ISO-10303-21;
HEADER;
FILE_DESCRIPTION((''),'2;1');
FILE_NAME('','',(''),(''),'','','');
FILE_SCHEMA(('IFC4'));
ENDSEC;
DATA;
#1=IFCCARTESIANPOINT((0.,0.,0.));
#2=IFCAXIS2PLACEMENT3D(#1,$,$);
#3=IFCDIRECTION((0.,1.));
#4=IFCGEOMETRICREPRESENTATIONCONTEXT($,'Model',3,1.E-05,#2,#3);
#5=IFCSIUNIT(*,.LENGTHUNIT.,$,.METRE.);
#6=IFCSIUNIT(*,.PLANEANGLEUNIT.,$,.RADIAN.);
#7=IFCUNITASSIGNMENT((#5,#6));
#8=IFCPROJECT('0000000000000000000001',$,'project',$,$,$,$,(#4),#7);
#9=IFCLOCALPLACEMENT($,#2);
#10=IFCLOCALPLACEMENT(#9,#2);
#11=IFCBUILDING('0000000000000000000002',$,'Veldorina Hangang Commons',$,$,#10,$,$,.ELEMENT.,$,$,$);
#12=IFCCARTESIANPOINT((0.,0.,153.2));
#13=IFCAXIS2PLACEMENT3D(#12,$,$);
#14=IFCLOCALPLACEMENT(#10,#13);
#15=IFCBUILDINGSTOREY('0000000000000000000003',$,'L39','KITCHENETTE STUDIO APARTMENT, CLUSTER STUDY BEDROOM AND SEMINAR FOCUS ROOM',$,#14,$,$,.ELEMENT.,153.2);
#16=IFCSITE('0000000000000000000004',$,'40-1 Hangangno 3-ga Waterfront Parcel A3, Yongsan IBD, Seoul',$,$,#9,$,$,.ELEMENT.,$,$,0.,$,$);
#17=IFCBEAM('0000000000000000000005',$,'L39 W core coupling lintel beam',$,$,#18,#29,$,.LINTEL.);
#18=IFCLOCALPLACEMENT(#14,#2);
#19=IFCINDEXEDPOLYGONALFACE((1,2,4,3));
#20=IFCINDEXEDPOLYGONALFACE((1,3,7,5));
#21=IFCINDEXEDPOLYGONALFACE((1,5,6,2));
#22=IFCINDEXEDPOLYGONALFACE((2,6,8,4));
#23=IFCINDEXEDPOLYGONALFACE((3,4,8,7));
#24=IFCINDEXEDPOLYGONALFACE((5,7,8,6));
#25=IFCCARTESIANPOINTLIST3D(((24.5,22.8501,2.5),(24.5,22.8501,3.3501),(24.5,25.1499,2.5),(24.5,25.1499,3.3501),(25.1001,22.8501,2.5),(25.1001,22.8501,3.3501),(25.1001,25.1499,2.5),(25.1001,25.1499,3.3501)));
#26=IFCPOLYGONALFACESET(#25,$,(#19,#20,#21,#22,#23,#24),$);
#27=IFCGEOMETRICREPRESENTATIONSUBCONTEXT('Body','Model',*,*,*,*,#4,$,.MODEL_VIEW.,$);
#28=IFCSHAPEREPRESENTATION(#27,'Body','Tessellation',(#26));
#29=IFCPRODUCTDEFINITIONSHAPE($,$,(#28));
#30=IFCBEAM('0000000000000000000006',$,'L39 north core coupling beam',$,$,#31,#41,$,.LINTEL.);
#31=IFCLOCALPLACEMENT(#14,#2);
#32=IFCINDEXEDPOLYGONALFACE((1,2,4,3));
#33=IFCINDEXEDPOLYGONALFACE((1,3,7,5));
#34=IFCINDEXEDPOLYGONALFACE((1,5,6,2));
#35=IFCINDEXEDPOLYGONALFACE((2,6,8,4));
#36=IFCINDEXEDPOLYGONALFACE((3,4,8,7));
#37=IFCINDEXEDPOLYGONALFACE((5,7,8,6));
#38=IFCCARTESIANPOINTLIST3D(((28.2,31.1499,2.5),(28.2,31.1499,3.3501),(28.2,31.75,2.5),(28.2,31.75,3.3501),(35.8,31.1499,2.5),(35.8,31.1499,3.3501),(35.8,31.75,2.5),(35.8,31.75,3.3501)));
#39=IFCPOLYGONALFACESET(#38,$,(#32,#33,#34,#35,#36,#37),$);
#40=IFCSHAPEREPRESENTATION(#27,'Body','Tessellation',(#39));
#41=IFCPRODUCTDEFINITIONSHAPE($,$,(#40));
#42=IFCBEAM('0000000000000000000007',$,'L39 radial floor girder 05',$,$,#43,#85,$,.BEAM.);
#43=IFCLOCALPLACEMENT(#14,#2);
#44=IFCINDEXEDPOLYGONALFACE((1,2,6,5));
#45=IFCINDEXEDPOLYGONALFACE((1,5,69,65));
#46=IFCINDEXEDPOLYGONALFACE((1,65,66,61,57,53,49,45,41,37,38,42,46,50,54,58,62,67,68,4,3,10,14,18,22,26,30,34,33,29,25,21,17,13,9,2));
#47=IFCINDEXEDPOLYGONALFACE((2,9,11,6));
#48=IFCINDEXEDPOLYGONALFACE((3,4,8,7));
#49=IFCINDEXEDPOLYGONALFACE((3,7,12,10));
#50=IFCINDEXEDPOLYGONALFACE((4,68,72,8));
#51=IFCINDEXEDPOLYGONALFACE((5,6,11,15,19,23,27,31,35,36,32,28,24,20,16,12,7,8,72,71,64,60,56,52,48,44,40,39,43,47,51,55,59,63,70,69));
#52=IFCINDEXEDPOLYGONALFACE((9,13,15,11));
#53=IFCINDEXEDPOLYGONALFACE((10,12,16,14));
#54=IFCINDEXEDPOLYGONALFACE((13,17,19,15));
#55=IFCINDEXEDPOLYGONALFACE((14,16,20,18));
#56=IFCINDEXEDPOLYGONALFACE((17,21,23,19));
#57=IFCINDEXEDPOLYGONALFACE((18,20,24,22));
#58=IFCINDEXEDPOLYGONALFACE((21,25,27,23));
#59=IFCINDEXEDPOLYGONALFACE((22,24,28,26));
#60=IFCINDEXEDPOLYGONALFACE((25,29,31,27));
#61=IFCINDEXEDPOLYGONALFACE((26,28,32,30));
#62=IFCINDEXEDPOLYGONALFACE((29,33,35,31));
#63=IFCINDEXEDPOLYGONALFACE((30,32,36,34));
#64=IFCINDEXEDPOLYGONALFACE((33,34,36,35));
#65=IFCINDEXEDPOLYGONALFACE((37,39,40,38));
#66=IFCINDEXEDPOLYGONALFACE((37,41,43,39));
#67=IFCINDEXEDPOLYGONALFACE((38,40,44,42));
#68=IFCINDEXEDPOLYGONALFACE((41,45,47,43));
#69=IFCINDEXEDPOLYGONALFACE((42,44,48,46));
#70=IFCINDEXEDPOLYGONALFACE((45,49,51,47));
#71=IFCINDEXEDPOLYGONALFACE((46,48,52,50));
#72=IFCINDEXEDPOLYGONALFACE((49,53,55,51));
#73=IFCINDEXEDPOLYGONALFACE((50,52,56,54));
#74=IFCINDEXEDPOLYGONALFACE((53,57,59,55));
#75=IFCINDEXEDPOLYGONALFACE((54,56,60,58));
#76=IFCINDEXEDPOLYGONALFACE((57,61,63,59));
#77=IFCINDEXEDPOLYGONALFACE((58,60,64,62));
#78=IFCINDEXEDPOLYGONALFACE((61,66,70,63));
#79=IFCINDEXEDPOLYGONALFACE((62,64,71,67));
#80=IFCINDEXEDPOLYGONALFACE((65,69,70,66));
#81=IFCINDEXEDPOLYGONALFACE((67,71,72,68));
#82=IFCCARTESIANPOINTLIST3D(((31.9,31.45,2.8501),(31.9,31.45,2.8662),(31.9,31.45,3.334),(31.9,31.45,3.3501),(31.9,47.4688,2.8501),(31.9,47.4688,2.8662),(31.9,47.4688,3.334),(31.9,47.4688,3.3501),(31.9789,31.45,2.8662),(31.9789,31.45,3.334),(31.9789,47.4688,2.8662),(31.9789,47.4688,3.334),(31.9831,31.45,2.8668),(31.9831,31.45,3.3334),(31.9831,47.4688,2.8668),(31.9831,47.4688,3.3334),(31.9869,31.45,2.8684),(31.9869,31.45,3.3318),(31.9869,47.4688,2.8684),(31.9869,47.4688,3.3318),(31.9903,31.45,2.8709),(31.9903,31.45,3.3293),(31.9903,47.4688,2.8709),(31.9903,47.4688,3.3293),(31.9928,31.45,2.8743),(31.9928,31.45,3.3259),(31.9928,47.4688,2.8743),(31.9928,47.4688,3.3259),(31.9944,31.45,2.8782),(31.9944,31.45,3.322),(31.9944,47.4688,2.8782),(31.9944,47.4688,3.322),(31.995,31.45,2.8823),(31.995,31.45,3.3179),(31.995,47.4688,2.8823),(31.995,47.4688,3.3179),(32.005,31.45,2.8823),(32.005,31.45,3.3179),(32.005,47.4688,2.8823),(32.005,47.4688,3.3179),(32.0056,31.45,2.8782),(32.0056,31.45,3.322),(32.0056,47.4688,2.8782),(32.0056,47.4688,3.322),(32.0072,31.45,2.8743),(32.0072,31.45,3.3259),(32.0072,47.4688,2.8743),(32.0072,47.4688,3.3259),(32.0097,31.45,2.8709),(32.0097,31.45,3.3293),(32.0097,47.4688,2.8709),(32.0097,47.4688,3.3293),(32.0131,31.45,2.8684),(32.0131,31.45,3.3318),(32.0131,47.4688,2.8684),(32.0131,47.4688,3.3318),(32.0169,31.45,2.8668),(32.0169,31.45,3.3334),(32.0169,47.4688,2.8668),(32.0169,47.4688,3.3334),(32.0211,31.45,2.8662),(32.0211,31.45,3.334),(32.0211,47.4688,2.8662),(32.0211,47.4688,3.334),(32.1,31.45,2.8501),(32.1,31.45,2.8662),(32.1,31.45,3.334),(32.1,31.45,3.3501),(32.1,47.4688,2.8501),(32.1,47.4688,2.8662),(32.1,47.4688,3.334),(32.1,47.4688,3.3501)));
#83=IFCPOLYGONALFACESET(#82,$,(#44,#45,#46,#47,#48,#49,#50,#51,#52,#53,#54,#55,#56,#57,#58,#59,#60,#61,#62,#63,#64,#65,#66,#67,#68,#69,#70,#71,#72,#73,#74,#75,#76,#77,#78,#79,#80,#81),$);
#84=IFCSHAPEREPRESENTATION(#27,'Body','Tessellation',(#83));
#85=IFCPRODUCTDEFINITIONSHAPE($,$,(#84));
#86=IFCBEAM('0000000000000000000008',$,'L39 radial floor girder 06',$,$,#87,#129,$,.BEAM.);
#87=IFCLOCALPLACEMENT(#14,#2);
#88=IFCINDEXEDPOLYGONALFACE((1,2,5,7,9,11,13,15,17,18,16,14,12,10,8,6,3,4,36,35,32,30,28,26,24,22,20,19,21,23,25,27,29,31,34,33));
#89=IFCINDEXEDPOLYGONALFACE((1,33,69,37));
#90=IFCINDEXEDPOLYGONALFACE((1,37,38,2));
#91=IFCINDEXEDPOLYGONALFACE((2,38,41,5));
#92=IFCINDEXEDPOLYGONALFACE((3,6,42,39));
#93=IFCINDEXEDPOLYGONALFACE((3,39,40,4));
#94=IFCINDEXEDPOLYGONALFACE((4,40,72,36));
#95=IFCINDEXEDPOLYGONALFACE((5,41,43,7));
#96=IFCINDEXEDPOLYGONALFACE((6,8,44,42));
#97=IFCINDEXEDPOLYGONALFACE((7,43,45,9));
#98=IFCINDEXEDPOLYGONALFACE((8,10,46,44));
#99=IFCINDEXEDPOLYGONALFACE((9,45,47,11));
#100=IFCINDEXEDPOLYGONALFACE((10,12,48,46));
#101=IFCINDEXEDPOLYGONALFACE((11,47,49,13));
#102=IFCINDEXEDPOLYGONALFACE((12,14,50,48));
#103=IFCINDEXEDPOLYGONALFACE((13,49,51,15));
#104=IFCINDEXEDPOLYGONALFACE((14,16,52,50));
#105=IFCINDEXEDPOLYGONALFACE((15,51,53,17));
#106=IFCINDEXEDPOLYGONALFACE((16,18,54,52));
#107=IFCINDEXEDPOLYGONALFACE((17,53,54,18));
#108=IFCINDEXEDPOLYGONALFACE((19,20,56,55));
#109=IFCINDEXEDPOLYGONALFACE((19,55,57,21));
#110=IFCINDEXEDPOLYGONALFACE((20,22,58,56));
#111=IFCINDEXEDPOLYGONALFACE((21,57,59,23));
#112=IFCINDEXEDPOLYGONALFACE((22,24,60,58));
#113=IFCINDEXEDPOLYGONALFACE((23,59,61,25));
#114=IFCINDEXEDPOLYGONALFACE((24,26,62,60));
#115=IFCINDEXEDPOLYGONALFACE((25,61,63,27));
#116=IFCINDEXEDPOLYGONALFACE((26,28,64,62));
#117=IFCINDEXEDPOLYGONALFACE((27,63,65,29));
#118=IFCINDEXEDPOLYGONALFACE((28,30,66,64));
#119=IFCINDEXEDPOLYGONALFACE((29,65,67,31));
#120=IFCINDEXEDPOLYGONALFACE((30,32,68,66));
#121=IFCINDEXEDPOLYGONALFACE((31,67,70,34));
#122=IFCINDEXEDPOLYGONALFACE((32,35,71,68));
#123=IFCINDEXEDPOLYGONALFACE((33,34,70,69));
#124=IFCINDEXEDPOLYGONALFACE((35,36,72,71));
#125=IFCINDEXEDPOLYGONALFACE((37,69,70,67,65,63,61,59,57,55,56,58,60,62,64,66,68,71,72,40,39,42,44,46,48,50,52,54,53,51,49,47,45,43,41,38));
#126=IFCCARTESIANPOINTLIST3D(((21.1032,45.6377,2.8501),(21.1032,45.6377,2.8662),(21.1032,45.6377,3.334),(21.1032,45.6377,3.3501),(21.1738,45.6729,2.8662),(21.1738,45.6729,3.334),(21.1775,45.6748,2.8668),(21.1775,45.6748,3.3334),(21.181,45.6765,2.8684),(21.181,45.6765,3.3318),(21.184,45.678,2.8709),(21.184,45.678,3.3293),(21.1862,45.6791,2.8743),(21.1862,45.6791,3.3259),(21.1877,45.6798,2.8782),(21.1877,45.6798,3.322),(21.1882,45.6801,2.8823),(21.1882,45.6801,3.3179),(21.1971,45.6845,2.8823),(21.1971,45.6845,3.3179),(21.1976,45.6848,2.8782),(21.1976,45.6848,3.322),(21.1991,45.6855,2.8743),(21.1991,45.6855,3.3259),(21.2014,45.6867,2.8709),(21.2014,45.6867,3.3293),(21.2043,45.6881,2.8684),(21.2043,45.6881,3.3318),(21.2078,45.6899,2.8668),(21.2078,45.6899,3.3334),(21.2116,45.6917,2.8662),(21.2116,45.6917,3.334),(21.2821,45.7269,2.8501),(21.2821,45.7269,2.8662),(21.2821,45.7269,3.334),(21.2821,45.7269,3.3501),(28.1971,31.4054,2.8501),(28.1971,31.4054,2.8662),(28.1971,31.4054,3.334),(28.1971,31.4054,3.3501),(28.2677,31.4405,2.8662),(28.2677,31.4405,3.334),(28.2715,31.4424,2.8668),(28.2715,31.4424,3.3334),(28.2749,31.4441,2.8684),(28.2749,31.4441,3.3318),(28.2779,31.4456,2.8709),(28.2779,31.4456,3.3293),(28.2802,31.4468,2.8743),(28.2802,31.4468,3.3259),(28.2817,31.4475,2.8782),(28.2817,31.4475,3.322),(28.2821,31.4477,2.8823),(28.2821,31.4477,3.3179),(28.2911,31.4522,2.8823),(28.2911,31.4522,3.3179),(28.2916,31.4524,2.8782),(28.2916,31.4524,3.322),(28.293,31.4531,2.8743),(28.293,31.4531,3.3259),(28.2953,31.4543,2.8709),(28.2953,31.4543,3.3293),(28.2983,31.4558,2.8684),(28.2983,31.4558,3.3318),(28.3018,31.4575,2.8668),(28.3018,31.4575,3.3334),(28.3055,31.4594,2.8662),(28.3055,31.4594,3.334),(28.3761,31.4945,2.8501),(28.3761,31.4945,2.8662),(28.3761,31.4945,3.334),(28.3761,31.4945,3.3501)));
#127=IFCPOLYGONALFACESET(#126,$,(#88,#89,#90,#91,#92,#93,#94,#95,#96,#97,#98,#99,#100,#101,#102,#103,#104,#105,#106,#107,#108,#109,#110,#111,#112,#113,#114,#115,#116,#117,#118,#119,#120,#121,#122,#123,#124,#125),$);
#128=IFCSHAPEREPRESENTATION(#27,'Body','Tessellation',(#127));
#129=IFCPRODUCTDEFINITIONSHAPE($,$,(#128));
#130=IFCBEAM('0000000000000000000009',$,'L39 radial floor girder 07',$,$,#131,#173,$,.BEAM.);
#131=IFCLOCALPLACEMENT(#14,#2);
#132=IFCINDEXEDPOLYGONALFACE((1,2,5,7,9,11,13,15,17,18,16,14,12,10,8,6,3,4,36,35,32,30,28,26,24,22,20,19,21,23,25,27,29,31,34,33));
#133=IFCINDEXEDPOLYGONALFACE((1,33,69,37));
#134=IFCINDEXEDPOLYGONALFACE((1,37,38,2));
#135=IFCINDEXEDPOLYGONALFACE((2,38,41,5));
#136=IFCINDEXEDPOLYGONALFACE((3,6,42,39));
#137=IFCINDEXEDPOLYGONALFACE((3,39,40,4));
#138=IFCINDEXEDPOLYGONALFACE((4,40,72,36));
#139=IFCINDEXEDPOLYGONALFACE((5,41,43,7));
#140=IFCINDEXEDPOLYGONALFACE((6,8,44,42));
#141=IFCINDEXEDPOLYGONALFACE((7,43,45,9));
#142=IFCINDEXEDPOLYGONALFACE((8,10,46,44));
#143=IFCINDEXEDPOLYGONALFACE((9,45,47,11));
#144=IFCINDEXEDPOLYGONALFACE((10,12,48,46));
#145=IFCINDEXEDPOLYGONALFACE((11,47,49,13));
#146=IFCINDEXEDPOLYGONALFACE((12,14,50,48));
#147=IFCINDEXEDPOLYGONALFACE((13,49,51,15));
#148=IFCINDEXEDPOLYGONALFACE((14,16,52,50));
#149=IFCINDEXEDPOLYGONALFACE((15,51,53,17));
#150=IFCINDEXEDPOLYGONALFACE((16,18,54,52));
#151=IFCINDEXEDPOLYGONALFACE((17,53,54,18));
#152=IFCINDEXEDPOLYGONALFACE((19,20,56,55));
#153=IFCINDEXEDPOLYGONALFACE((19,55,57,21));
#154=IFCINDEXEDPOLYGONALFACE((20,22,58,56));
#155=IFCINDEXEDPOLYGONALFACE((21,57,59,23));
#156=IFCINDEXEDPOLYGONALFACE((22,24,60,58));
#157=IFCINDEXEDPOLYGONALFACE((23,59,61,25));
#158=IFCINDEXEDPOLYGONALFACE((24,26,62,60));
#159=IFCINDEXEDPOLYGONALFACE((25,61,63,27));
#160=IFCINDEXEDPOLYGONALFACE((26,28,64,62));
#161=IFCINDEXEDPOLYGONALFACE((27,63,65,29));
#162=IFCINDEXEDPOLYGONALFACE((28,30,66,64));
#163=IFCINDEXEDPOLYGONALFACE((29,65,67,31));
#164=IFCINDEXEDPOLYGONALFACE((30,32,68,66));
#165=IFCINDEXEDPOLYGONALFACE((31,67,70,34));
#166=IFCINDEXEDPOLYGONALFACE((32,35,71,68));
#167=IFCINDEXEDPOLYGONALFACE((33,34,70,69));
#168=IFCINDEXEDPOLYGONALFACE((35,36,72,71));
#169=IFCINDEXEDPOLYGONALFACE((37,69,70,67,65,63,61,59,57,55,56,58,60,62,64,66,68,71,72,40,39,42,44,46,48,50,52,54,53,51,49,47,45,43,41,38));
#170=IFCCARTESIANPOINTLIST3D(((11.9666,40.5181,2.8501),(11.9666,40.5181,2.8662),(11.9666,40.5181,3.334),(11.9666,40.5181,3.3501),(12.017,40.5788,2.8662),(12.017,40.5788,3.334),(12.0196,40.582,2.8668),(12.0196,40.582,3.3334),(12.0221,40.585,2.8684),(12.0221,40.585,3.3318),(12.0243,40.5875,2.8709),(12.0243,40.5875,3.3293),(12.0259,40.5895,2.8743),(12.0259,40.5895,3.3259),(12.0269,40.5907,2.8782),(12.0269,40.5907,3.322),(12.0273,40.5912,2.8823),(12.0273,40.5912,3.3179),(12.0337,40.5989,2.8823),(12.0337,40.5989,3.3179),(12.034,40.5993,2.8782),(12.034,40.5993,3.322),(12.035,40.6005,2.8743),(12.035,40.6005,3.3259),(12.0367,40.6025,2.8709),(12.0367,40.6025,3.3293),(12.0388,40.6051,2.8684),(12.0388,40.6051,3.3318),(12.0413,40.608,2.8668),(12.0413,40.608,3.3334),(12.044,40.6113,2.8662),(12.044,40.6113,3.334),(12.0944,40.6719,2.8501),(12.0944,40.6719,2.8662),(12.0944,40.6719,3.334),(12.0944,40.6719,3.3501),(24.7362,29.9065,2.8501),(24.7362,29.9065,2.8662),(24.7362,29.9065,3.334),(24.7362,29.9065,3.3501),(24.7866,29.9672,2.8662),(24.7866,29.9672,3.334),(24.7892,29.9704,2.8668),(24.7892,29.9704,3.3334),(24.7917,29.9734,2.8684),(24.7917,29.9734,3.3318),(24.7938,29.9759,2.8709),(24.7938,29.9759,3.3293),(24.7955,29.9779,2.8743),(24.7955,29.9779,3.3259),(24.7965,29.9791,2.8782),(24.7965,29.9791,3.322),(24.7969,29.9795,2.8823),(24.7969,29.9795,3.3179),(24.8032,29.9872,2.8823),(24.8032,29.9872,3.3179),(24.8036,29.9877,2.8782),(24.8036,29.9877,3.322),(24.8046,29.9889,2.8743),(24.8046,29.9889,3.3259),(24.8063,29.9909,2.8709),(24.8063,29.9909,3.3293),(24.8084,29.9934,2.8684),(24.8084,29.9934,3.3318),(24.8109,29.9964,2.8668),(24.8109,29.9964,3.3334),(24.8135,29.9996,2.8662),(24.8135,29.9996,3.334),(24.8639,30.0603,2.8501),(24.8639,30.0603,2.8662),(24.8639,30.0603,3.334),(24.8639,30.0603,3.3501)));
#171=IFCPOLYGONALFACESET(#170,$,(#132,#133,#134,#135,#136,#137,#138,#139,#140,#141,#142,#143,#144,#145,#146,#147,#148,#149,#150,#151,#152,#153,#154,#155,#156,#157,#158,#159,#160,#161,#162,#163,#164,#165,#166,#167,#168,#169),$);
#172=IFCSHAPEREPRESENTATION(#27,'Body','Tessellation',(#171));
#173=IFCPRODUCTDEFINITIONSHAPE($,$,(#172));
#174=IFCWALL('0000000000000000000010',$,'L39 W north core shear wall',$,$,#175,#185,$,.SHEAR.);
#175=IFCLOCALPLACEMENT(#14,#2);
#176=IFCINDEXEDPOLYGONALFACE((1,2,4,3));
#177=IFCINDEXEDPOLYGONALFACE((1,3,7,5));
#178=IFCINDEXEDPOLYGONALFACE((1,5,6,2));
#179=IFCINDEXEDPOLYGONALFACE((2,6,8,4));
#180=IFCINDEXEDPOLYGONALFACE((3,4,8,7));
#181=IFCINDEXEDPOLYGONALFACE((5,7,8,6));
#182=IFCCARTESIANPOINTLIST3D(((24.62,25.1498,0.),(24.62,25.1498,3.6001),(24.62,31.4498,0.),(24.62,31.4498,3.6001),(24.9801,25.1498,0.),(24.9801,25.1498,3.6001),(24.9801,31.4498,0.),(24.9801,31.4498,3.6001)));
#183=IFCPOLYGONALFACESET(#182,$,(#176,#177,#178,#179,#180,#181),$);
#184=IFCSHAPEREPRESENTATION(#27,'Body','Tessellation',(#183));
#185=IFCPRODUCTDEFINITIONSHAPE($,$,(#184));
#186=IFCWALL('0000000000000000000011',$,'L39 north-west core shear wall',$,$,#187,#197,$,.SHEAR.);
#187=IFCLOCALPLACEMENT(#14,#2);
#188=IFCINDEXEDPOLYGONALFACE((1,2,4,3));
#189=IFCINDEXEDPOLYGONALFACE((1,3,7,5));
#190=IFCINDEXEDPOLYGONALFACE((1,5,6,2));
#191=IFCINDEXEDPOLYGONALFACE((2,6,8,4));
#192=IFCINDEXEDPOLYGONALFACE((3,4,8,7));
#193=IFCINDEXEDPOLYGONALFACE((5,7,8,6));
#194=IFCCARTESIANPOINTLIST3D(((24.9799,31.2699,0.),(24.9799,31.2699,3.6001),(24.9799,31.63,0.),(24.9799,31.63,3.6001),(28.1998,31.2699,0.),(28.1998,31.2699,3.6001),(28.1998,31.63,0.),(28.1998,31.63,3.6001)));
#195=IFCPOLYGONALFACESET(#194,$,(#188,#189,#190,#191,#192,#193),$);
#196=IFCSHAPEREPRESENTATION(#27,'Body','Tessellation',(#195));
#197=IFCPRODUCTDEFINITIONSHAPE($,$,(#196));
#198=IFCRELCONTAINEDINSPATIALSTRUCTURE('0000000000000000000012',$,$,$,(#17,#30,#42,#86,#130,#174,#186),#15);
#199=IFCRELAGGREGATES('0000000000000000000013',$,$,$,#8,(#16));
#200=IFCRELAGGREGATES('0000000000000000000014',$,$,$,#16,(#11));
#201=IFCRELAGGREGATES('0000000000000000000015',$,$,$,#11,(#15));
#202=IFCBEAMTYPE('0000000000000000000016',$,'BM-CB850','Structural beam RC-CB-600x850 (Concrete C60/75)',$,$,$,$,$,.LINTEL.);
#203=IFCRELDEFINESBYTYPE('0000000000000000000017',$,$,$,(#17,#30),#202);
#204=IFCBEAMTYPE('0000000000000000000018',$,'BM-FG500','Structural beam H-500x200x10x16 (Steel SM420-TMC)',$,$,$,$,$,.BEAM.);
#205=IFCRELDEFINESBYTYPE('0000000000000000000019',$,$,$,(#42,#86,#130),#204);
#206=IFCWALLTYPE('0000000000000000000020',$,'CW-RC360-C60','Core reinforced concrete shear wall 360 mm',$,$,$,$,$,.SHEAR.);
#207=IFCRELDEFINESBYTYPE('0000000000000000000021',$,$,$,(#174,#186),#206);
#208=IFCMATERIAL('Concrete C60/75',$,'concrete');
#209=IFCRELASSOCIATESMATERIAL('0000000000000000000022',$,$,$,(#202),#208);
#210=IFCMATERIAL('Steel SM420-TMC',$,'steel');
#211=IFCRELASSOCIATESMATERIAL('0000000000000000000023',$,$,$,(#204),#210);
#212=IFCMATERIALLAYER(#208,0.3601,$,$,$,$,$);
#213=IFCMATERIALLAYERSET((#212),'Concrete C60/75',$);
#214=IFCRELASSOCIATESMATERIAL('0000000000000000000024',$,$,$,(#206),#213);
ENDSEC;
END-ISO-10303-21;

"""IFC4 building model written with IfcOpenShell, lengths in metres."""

from ifc_helpers import new_model, si_unit, direction, frame, frame_2d, origin, origin_2d, place, context, subcontext, project, spatial, rectangle, i_section, extrude, material, layer, layer_set, material_profile, profile_set, type_object, element, save


model = new_model("IFC4")

# Units and contexts
model_context = context("Model", 3, precision=1e-05, world=origin(), true_north=direction((0.0, 1.0)))
body_context = subcontext(model_context, "Body", "Model", "MODEL_VIEW")
ifc_project = project(units=[si_unit("LENGTHUNIT", "METRE"), si_unit("PLANEANGLEUNIT", "RADIAN")], contexts=[model_context])

# Site, building, storey
site_placement = place(None, origin())
site = spatial("IfcSite", under=ifc_project, at=site_placement, Name="40-1 Hangangno 3-ga Waterfront Parcel A3, Yongsan IBD, Seoul", CompositionType="ELEMENT", RefElevation=0.0)
building_placement = place(site_placement, origin())
building = spatial("IfcBuilding", under=site, at=building_placement, Name="Veldorina Hangang Commons", CompositionType="ELEMENT")
storey_placement = place(building_placement, frame((0.0, 0.0, 153.2)))
storey = spatial("IfcBuildingStorey", under=building, at=storey_placement, Name="L39", Description="KITCHENETTE STUDIO APARTMENT, CLUSTER STUDY BEDROOM AND SEMINAR FOCUS ROOM", CompositionType="ELEMENT", Elevation=153.2)

# Beams
ifc_material_1 = material(Name="Concrete C60/75", Category="concrete")
ifc_material_profile_1 = material_profile(ifc_material_1, rectangle(XDim=0.6001, YDim=0.8501, at=origin_2d()), Name="RC-CB-600x850")
ifc_profile_set_1 = profile_set([ifc_material_profile_1], Name="Concrete C60/75")
beam_type_1 = type_object("IfcBeamType", Name="BM-CB850", Description="Structural beam RC-CB-600x850 (Concrete C60/75)", PredefinedType="LINTEL", material=ifc_profile_set_1)
beam_1_placement = place(storey_placement, frame((24.8, 22.8501, 2.925), z_axis=(0.0, 1.0, 0.0), x_axis=(-1.0, 0.0, 0.0)))
element("IfcBeam", 1, at=beam_1_placement, inside=storey, type_object=beam_type_1, Name="L39 W core coupling lintel beam", PredefinedType="LINTEL", context=body_context, shape_type="SweptSolid", body=[
    extrude(rectangle(XDim=0.6001, YDim=0.8501, at=origin_2d()), origin(), (0.0, 0.0, 1.0), 2.2998),
])
beam_2_placement = place(storey_placement, frame((28.2, 31.45, 2.925), z_axis=(1.0, 0.0, 0.0), x_axis=(0.0, 1.0, 0.0)))
element("IfcBeam", 2, at=beam_2_placement, inside=storey, type_object=beam_type_1, Name="L39 north core coupling beam", PredefinedType="LINTEL", context=body_context, shape_type="SweptSolid", body=[
    extrude(rectangle(XDim=0.6001, YDim=0.8501, at=origin_2d()), origin(), (0.0, 0.0, 1.0), 7.6001),
])
ifc_material_2 = material(Name="Steel SM420-TMC", Category="steel")
ifc_material_profile_2 = material_profile(ifc_material_2, i_section(OverallWidth=0.2, OverallDepth=0.5, WebThickness=0.01, FlangeThickness=0.0161, FilletRadius=0.0161, at=origin_2d()), Name="H-500x200x10x16")
ifc_profile_set_2 = profile_set([ifc_material_profile_2], Name="Steel SM420-TMC")
beam_type_2 = type_object("IfcBeamType", Name="BM-FG500", Description="Structural beam H-500x200x10x16 (Steel SM420-TMC)", PredefinedType="BEAM", material=ifc_profile_set_2)
beam_3_placement = place(storey_placement, frame((32.0, 31.45, 3.1001), z_axis=(0.0, 1.0, 0.0), x_axis=(-1.0, 0.0, 0.0)))
element("IfcBeam", 3, at=beam_3_placement, inside=storey, type_object=beam_type_2, Name="L39 radial floor girder 05", PredefinedType="BEAM", context=body_context, shape_type="SweptSolid", body=[
    extrude(i_section(OverallWidth=0.2, OverallDepth=0.5, WebThickness=0.01, FlangeThickness=0.0161, FilletRadius=0.0161, at=origin_2d()), origin(), (0.0, 0.0, 1.0), 16.0188),
])
beam_4_placement = place(storey_placement, frame((28.2866, 31.45, 3.1001), z_axis=(-0.446096, 0.894985, 0.0), x_axis=(-0.894985, -0.446096, 0.0)))
element("IfcBeam", 4, at=beam_4_placement, inside=storey, type_object=beam_type_2, Name="L39 radial floor girder 06", PredefinedType="BEAM", context=body_context, shape_type="SweptSolid", body=[
    extrude(i_section(OverallWidth=0.2, OverallDepth=0.5, WebThickness=0.01, FlangeThickness=0.0161, FilletRadius=0.0161, at=origin_2d()), origin(), (0.0, 0.0, 1.0), 15.9023),
])
beam_5_placement = place(storey_placement, frame((24.8, 29.9834, 3.1001), z_axis=(-0.7691, 0.639128, 0.0), x_axis=(-0.639128, -0.7691, 0.0)))
element("IfcBeam", 5, at=beam_5_placement, inside=storey, type_object=beam_type_2, Name="L39 radial floor girder 07", PredefinedType="BEAM", context=body_context, shape_type="SweptSolid", body=[
    extrude(i_section(OverallWidth=0.2, OverallDepth=0.5, WebThickness=0.01, FlangeThickness=0.0161, FilletRadius=0.0161, at=origin_2d()), origin(), (0.0, 0.0, 1.0), 16.6033),
])

# Walls
ifc_layer_1 = layer(ifc_material_1, 0.3601)
ifc_layer_set_1 = layer_set([ifc_layer_1], Name="Concrete C60/75")
wall_type_1 = type_object("IfcWallType", Name="CW-RC360-C60", Description="Core reinforced concrete shear wall 360 mm", PredefinedType="SHEAR", material=ifc_layer_set_1)
wall_1_placement = place(storey_placement, frame((24.8, 25.1499, 0.0), z_axis=(0.0, 0.0, 1.0), x_axis=(0.0, 1.0, 0.0)))
element("IfcWall", 6, at=wall_1_placement, inside=storey, type_object=wall_type_1, Name="L39 W north core shear wall", PredefinedType="SHEAR", context=body_context, shape_type="SweptSolid", body=[
    extrude(rectangle(XDim=6.3, YDim=0.3601, at=frame_2d((3.1499, 0.0))), origin(), (0.0, 0.0, 1.0), 3.6001),
])
wall_2_placement = place(storey_placement, frame((24.98, 31.45, 0.0), z_axis=(0.0, 0.0, 1.0), x_axis=(1.0, 0.0, 0.0)))
element("IfcWall", 7, at=wall_2_placement, inside=storey, type_object=wall_type_1, Name="L39 north-west core shear wall", PredefinedType="SHEAR", context=body_context, shape_type="SweptSolid", body=[
    extrude(rectangle(XDim=3.22, YDim=0.3601, at=frame_2d((1.6099, 0.0))), origin(), (0.0, 0.0, 1.0), 3.6001),
])

save(model, "model.ifc")
